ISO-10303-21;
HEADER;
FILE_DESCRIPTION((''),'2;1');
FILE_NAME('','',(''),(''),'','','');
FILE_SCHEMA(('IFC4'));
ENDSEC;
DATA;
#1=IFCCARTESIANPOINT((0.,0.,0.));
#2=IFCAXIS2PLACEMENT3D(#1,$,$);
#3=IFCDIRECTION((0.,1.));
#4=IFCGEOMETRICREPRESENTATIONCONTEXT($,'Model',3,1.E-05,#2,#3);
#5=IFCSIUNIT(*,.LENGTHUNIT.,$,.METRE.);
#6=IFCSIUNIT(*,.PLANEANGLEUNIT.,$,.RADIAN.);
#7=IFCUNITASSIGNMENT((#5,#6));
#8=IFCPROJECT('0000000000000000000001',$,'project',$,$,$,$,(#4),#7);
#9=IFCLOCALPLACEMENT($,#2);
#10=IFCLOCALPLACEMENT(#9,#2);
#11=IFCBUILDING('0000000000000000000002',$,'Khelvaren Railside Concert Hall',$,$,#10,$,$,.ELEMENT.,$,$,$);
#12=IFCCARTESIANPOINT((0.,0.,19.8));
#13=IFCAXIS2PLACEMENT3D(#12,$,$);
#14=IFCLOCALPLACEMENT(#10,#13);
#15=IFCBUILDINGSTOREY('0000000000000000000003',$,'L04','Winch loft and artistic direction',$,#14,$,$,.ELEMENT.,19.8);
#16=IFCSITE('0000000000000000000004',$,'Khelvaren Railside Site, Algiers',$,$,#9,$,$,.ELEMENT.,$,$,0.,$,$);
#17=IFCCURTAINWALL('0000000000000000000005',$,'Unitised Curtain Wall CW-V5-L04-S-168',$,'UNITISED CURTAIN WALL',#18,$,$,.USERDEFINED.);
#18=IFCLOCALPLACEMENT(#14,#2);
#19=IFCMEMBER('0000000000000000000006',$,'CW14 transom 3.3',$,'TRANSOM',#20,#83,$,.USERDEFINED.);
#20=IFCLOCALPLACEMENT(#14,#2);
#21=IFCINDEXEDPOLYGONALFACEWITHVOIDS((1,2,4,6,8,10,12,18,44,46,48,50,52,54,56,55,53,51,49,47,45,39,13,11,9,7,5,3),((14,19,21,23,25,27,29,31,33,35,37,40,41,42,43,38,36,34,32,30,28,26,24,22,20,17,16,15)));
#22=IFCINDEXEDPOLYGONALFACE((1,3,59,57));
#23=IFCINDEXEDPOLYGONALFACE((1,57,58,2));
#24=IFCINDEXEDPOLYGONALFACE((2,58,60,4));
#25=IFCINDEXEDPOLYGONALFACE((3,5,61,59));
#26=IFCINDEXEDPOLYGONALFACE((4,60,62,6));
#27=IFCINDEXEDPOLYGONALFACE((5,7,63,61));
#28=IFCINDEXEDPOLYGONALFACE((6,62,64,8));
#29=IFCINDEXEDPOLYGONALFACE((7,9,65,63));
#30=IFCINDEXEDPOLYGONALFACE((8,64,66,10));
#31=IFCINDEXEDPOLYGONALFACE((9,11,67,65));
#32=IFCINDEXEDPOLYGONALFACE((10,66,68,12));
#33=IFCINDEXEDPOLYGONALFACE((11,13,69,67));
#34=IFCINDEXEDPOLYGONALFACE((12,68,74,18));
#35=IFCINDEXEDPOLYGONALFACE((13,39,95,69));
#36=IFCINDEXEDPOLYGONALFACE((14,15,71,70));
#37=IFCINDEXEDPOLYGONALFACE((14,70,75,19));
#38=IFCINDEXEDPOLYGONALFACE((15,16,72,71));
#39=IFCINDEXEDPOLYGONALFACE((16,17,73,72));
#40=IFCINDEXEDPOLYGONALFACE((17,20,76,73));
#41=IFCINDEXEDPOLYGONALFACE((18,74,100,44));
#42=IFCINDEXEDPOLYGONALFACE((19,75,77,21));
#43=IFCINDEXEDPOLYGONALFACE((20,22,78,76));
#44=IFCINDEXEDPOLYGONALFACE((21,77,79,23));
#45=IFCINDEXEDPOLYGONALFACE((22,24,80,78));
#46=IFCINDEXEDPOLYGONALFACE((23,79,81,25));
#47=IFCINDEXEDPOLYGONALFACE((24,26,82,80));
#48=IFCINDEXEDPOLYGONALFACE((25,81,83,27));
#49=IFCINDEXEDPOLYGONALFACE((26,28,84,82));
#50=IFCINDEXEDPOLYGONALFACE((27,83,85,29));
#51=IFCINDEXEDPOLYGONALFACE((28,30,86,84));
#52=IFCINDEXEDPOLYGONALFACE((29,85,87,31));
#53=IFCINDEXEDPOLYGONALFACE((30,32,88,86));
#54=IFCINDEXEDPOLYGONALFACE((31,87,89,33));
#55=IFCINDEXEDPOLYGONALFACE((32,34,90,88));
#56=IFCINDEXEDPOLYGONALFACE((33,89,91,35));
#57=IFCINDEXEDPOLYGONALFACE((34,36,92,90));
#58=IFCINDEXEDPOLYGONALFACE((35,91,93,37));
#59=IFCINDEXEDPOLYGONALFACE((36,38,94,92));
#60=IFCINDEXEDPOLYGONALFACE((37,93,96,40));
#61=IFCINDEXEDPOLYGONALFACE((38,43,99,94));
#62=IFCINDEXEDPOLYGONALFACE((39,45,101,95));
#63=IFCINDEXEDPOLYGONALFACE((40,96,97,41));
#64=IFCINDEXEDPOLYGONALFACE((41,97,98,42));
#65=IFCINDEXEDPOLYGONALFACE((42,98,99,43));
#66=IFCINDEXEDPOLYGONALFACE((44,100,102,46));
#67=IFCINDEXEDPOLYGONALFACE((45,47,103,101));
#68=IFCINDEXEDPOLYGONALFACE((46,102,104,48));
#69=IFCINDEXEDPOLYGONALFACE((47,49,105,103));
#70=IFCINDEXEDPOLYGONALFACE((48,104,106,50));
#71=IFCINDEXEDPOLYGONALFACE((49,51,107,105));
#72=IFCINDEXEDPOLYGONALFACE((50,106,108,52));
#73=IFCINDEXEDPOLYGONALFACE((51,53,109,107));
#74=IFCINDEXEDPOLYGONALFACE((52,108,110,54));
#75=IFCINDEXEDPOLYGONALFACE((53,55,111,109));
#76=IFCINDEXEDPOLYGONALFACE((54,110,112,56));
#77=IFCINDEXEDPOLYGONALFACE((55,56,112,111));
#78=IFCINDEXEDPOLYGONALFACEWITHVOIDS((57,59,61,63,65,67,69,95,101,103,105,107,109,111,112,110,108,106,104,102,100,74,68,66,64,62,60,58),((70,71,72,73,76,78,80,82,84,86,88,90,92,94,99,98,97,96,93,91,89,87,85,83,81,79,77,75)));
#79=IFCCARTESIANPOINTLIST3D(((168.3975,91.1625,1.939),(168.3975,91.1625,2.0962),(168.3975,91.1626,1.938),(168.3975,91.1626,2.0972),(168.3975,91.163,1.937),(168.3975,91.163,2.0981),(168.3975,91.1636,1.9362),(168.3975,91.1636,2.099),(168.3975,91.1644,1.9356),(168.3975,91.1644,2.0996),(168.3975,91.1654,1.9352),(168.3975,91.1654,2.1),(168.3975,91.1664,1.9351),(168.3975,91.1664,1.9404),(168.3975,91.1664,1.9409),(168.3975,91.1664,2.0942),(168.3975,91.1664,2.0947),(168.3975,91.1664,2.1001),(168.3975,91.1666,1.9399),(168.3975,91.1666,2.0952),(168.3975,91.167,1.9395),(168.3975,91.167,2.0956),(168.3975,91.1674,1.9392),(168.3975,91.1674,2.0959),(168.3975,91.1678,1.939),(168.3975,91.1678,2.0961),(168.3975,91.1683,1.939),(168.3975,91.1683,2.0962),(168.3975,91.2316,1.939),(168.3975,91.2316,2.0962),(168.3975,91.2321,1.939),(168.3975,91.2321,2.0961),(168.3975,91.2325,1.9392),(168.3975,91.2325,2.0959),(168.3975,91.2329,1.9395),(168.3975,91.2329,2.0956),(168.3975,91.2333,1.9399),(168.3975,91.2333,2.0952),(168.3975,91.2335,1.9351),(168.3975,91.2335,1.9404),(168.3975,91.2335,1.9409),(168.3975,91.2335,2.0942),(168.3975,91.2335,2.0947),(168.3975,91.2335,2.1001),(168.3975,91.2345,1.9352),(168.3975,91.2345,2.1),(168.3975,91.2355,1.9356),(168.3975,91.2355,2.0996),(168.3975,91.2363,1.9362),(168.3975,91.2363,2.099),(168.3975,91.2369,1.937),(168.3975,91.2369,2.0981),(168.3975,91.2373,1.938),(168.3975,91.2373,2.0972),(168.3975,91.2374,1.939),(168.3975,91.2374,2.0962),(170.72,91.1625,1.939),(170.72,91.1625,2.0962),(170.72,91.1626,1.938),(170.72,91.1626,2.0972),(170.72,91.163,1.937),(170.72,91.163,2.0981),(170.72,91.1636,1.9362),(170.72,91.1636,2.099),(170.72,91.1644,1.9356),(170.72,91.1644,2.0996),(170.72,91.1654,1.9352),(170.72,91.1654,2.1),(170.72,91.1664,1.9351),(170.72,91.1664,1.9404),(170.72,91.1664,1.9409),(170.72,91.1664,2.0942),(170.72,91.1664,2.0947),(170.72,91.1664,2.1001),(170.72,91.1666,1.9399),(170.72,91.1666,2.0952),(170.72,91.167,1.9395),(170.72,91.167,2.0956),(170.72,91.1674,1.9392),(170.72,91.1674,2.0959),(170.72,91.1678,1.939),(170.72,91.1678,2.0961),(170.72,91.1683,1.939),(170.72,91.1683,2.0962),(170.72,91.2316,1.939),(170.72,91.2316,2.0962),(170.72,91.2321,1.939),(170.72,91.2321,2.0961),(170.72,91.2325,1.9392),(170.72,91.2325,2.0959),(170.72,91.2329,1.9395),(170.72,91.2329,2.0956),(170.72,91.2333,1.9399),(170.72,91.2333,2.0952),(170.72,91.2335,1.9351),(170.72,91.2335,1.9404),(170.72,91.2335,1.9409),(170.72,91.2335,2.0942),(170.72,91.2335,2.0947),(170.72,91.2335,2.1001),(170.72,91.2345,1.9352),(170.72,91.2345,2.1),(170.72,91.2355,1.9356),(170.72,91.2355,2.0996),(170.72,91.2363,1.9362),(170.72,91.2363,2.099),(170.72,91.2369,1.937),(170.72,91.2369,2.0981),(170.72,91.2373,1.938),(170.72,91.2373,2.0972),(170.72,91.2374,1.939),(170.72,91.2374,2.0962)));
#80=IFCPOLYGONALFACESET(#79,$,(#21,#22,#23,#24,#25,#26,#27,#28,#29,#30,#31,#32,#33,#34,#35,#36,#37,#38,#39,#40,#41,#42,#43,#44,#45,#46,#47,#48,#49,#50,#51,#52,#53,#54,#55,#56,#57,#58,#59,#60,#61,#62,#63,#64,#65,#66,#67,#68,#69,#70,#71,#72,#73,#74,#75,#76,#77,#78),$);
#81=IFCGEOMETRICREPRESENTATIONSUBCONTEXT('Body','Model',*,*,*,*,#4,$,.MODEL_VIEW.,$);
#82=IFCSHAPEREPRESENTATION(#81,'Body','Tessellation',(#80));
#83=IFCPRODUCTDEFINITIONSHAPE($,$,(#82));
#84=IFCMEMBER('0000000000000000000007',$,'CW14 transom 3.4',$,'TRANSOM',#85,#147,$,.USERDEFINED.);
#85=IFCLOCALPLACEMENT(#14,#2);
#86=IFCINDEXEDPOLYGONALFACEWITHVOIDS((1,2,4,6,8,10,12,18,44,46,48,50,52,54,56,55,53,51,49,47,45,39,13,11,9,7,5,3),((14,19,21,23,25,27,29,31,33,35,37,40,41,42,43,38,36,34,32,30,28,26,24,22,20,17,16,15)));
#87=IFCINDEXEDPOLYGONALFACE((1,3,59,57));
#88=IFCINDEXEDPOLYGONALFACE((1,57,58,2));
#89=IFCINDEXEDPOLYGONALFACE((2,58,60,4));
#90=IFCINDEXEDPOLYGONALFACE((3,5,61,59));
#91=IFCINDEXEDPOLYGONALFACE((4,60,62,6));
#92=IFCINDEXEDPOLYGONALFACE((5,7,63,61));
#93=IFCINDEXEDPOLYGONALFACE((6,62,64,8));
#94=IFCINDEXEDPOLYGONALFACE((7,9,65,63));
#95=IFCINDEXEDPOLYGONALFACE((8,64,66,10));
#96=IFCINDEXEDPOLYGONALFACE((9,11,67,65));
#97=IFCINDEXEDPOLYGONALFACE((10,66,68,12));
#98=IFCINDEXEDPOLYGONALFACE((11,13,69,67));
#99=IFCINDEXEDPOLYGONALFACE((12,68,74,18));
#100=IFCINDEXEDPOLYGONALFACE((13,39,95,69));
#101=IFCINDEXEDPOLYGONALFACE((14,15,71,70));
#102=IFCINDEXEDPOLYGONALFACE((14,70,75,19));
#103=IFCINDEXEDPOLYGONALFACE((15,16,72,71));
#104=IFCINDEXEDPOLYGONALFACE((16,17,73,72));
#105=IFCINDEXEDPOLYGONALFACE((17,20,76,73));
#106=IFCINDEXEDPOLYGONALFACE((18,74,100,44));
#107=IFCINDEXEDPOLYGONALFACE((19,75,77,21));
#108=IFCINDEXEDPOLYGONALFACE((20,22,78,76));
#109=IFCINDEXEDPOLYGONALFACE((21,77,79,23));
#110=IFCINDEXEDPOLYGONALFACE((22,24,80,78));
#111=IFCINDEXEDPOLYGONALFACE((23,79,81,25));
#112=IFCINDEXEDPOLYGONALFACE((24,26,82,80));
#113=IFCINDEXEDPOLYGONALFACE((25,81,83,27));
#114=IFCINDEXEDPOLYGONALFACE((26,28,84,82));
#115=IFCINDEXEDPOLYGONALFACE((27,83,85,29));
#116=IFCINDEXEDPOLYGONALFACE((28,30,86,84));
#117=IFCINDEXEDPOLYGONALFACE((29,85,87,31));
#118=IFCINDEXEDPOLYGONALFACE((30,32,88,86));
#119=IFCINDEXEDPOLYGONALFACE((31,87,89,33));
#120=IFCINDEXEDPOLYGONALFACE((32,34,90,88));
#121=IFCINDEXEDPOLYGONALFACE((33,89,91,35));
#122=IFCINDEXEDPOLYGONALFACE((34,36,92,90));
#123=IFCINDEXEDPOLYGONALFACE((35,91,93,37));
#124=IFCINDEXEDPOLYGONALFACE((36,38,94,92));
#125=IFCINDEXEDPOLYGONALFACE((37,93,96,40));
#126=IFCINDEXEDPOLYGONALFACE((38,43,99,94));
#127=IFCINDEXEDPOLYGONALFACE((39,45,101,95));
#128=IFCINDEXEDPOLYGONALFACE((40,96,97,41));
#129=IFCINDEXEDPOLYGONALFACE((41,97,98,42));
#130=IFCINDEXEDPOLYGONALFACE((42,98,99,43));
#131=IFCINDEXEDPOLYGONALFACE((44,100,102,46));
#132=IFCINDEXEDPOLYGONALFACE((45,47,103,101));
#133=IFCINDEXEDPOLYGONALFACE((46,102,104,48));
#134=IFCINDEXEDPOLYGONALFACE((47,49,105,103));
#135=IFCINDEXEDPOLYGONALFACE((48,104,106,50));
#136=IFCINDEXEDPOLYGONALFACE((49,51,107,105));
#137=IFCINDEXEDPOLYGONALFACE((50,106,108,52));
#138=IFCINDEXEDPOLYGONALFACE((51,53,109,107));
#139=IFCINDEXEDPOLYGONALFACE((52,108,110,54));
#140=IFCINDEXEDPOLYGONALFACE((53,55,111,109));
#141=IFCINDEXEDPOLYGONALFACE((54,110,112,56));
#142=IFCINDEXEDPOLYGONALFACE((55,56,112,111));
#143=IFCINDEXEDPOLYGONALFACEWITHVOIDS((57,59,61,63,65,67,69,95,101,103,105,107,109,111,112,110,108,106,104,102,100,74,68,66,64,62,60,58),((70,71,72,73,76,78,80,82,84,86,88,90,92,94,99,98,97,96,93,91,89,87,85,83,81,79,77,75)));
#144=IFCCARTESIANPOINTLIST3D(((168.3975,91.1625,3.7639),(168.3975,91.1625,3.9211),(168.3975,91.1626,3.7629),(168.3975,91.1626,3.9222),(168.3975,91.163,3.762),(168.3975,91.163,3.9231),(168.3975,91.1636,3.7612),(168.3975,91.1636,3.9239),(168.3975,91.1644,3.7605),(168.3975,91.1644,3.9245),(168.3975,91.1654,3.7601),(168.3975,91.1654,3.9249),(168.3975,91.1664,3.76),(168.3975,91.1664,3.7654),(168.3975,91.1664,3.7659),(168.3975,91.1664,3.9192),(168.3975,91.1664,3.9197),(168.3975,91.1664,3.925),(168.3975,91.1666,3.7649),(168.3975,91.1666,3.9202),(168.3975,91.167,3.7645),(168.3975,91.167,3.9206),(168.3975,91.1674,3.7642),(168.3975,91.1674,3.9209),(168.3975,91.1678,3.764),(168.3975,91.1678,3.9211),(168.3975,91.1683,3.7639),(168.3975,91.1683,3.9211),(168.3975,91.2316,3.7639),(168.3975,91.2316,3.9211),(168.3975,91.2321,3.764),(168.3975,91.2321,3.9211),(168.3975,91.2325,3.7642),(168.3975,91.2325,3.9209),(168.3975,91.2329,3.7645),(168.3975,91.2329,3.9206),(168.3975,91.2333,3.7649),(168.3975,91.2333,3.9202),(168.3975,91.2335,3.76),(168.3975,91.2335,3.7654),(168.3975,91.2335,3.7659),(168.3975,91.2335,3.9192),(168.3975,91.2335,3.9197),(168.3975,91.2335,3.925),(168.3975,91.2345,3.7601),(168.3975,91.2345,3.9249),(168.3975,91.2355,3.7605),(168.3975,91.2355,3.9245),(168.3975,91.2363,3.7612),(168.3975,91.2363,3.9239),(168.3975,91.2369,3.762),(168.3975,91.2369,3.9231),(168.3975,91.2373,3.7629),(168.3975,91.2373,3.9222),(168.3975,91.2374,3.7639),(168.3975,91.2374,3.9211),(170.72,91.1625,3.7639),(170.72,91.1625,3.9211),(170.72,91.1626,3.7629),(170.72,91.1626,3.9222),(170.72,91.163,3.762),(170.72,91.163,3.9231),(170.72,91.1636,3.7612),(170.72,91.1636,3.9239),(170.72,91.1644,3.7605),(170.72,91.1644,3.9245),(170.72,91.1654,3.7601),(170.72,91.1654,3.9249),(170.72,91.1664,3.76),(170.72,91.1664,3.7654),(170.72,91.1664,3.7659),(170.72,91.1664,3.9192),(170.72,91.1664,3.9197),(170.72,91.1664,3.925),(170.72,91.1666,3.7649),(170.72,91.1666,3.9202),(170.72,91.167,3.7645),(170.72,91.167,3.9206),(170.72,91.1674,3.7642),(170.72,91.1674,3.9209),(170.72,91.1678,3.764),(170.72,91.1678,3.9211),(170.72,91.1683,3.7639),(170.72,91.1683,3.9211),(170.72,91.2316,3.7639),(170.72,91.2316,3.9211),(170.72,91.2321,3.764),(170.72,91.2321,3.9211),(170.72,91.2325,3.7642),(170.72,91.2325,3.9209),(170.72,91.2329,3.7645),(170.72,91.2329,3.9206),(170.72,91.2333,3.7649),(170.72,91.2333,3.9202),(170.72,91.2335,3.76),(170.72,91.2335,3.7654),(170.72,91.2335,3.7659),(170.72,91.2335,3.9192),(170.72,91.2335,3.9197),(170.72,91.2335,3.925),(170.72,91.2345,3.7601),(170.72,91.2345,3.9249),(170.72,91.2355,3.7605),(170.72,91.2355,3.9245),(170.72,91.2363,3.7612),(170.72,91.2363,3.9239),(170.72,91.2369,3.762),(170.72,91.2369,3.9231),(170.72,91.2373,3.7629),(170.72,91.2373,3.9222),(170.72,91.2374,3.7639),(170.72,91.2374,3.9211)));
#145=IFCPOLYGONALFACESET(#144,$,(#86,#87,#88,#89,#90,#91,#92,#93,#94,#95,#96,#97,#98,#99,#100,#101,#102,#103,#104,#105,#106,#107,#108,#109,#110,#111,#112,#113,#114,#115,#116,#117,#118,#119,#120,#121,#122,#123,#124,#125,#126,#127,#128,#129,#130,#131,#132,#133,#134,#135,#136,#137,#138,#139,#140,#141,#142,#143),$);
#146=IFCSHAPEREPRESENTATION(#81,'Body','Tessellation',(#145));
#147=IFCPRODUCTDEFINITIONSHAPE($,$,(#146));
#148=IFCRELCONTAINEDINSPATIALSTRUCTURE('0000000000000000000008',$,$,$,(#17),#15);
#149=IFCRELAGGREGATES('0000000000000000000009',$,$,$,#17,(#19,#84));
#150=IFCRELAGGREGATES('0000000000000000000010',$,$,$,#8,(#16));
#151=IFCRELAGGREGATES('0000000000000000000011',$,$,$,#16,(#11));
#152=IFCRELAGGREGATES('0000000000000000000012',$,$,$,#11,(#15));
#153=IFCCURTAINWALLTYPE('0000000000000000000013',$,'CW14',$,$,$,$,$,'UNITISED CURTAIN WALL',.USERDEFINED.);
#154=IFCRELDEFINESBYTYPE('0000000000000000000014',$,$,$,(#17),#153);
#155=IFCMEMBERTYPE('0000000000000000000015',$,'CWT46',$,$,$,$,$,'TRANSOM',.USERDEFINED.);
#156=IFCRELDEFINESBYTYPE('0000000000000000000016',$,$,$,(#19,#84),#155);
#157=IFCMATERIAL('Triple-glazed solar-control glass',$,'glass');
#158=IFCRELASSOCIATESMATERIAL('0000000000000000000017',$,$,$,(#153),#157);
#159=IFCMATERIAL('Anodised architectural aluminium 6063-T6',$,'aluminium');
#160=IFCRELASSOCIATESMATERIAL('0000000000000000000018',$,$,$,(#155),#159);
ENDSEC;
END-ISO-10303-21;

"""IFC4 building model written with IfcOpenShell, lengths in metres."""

from ifc_helpers import new_model, si_unit, direction, frame, origin, origin_2d, place, context, subcontext, project, spatial, hollow_rectangle, extrude, material, material_profile, profile_set, type_object, element, aggregate, save


model = new_model("IFC4")

# Units and contexts
model_context = context("Model", 3, precision=1e-05, world=origin(), true_north=direction((0.0, 1.0)))
body_context = subcontext(model_context, "Body", "Model", "MODEL_VIEW")
ifc_project = project(units=[si_unit("LENGTHUNIT", "METRE"), si_unit("PLANEANGLEUNIT", "RADIAN")], contexts=[model_context])

# Site, building, storey
site_placement = place(None, origin())
site = spatial("IfcSite", under=ifc_project, at=site_placement, Name="Khelvaren Railside Site, Algiers", CompositionType="ELEMENT", RefElevation=0.0)
building_placement = place(site_placement, origin())
building = spatial("IfcBuilding", under=site, at=building_placement, Name="Khelvaren Railside Concert Hall", CompositionType="ELEMENT")
storey_placement = place(building_placement, frame((0.0, 0.0, 19.8)))
storey = spatial("IfcBuildingStorey", under=building, at=storey_placement, Name="L04", Description="Winch loft and artistic direction", CompositionType="ELEMENT", Elevation=19.8)

# Curtain wall
ifc_material_1 = material(Name="Triple-glazed solar-control glass", Category="glass")
curtain_wall_type_1 = type_object("IfcCurtainWallType", Name="CW14", ElementType="UNITISED CURTAIN WALL", PredefinedType="USERDEFINED", material=ifc_material_1)
curtain_wall_1_placement = place(storey_placement, origin())
curtain_wall_1 = element("IfcCurtainWall", 1, at=curtain_wall_1_placement, inside=storey, type_object=curtain_wall_type_1, Name="Unitised Curtain Wall CW-V5-L04-S-168", ObjectType="UNITISED CURTAIN WALL", PredefinedType="USERDEFINED")
ifc_material_2 = material(Name="Anodised architectural aluminium 6063-T6", Category="aluminium")

# Members
ifc_material_profile_1 = material_profile(ifc_material_2, hollow_rectangle(XDim=0.075, YDim=0.165, WallThickness=0.0039, InnerFilletRadius=0.002, OuterFilletRadius=0.0039, at=origin_2d()), Name="CWT 75x165x4")
ifc_profile_set_1 = profile_set([ifc_material_profile_1], Name="Anodised architectural aluminium 6063-T6")
member_type_1 = type_object("IfcMemberType", Name="CWT46", ElementType="TRANSOM", PredefinedType="USERDEFINED", material=ifc_profile_set_1)
member_1_placement = place(storey_placement, frame((170.72, 91.2, 2.0176), z_axis=(-1.0, 0.0, 0.0), x_axis=(0.0, -1.0, 0.0)))
member_1 = element("IfcMember", 2, at=member_1_placement, type_object=member_type_1, Name="CW14 transom 3.3", ObjectType="TRANSOM", PredefinedType="USERDEFINED", context=body_context, shape_type="SweptSolid", body=[
    extrude(hollow_rectangle(XDim=0.075, YDim=0.165, WallThickness=0.0039, InnerFilletRadius=0.002, OuterFilletRadius=0.0039, at=origin_2d()), origin(), (0.0, 0.0, 1.0), 2.3225),
])
member_2_placement = place(storey_placement, frame((170.72, 91.2, 3.8425), z_axis=(-1.0, 0.0, 0.0), x_axis=(0.0, -1.0, 0.0)))
member_2 = element("IfcMember", 3, at=member_2_placement, type_object=member_type_1, Name="CW14 transom 3.4", ObjectType="TRANSOM", PredefinedType="USERDEFINED", context=body_context, shape_type="SweptSolid", body=[
    extrude(hollow_rectangle(XDim=0.075, YDim=0.165, WallThickness=0.0039, InnerFilletRadius=0.002, OuterFilletRadius=0.0039, at=origin_2d()), origin(), (0.0, 0.0, 1.0), 2.3225),
])

aggregate(curtain_wall_1, [member_1, member_2])

save(model, "model.ifc")
